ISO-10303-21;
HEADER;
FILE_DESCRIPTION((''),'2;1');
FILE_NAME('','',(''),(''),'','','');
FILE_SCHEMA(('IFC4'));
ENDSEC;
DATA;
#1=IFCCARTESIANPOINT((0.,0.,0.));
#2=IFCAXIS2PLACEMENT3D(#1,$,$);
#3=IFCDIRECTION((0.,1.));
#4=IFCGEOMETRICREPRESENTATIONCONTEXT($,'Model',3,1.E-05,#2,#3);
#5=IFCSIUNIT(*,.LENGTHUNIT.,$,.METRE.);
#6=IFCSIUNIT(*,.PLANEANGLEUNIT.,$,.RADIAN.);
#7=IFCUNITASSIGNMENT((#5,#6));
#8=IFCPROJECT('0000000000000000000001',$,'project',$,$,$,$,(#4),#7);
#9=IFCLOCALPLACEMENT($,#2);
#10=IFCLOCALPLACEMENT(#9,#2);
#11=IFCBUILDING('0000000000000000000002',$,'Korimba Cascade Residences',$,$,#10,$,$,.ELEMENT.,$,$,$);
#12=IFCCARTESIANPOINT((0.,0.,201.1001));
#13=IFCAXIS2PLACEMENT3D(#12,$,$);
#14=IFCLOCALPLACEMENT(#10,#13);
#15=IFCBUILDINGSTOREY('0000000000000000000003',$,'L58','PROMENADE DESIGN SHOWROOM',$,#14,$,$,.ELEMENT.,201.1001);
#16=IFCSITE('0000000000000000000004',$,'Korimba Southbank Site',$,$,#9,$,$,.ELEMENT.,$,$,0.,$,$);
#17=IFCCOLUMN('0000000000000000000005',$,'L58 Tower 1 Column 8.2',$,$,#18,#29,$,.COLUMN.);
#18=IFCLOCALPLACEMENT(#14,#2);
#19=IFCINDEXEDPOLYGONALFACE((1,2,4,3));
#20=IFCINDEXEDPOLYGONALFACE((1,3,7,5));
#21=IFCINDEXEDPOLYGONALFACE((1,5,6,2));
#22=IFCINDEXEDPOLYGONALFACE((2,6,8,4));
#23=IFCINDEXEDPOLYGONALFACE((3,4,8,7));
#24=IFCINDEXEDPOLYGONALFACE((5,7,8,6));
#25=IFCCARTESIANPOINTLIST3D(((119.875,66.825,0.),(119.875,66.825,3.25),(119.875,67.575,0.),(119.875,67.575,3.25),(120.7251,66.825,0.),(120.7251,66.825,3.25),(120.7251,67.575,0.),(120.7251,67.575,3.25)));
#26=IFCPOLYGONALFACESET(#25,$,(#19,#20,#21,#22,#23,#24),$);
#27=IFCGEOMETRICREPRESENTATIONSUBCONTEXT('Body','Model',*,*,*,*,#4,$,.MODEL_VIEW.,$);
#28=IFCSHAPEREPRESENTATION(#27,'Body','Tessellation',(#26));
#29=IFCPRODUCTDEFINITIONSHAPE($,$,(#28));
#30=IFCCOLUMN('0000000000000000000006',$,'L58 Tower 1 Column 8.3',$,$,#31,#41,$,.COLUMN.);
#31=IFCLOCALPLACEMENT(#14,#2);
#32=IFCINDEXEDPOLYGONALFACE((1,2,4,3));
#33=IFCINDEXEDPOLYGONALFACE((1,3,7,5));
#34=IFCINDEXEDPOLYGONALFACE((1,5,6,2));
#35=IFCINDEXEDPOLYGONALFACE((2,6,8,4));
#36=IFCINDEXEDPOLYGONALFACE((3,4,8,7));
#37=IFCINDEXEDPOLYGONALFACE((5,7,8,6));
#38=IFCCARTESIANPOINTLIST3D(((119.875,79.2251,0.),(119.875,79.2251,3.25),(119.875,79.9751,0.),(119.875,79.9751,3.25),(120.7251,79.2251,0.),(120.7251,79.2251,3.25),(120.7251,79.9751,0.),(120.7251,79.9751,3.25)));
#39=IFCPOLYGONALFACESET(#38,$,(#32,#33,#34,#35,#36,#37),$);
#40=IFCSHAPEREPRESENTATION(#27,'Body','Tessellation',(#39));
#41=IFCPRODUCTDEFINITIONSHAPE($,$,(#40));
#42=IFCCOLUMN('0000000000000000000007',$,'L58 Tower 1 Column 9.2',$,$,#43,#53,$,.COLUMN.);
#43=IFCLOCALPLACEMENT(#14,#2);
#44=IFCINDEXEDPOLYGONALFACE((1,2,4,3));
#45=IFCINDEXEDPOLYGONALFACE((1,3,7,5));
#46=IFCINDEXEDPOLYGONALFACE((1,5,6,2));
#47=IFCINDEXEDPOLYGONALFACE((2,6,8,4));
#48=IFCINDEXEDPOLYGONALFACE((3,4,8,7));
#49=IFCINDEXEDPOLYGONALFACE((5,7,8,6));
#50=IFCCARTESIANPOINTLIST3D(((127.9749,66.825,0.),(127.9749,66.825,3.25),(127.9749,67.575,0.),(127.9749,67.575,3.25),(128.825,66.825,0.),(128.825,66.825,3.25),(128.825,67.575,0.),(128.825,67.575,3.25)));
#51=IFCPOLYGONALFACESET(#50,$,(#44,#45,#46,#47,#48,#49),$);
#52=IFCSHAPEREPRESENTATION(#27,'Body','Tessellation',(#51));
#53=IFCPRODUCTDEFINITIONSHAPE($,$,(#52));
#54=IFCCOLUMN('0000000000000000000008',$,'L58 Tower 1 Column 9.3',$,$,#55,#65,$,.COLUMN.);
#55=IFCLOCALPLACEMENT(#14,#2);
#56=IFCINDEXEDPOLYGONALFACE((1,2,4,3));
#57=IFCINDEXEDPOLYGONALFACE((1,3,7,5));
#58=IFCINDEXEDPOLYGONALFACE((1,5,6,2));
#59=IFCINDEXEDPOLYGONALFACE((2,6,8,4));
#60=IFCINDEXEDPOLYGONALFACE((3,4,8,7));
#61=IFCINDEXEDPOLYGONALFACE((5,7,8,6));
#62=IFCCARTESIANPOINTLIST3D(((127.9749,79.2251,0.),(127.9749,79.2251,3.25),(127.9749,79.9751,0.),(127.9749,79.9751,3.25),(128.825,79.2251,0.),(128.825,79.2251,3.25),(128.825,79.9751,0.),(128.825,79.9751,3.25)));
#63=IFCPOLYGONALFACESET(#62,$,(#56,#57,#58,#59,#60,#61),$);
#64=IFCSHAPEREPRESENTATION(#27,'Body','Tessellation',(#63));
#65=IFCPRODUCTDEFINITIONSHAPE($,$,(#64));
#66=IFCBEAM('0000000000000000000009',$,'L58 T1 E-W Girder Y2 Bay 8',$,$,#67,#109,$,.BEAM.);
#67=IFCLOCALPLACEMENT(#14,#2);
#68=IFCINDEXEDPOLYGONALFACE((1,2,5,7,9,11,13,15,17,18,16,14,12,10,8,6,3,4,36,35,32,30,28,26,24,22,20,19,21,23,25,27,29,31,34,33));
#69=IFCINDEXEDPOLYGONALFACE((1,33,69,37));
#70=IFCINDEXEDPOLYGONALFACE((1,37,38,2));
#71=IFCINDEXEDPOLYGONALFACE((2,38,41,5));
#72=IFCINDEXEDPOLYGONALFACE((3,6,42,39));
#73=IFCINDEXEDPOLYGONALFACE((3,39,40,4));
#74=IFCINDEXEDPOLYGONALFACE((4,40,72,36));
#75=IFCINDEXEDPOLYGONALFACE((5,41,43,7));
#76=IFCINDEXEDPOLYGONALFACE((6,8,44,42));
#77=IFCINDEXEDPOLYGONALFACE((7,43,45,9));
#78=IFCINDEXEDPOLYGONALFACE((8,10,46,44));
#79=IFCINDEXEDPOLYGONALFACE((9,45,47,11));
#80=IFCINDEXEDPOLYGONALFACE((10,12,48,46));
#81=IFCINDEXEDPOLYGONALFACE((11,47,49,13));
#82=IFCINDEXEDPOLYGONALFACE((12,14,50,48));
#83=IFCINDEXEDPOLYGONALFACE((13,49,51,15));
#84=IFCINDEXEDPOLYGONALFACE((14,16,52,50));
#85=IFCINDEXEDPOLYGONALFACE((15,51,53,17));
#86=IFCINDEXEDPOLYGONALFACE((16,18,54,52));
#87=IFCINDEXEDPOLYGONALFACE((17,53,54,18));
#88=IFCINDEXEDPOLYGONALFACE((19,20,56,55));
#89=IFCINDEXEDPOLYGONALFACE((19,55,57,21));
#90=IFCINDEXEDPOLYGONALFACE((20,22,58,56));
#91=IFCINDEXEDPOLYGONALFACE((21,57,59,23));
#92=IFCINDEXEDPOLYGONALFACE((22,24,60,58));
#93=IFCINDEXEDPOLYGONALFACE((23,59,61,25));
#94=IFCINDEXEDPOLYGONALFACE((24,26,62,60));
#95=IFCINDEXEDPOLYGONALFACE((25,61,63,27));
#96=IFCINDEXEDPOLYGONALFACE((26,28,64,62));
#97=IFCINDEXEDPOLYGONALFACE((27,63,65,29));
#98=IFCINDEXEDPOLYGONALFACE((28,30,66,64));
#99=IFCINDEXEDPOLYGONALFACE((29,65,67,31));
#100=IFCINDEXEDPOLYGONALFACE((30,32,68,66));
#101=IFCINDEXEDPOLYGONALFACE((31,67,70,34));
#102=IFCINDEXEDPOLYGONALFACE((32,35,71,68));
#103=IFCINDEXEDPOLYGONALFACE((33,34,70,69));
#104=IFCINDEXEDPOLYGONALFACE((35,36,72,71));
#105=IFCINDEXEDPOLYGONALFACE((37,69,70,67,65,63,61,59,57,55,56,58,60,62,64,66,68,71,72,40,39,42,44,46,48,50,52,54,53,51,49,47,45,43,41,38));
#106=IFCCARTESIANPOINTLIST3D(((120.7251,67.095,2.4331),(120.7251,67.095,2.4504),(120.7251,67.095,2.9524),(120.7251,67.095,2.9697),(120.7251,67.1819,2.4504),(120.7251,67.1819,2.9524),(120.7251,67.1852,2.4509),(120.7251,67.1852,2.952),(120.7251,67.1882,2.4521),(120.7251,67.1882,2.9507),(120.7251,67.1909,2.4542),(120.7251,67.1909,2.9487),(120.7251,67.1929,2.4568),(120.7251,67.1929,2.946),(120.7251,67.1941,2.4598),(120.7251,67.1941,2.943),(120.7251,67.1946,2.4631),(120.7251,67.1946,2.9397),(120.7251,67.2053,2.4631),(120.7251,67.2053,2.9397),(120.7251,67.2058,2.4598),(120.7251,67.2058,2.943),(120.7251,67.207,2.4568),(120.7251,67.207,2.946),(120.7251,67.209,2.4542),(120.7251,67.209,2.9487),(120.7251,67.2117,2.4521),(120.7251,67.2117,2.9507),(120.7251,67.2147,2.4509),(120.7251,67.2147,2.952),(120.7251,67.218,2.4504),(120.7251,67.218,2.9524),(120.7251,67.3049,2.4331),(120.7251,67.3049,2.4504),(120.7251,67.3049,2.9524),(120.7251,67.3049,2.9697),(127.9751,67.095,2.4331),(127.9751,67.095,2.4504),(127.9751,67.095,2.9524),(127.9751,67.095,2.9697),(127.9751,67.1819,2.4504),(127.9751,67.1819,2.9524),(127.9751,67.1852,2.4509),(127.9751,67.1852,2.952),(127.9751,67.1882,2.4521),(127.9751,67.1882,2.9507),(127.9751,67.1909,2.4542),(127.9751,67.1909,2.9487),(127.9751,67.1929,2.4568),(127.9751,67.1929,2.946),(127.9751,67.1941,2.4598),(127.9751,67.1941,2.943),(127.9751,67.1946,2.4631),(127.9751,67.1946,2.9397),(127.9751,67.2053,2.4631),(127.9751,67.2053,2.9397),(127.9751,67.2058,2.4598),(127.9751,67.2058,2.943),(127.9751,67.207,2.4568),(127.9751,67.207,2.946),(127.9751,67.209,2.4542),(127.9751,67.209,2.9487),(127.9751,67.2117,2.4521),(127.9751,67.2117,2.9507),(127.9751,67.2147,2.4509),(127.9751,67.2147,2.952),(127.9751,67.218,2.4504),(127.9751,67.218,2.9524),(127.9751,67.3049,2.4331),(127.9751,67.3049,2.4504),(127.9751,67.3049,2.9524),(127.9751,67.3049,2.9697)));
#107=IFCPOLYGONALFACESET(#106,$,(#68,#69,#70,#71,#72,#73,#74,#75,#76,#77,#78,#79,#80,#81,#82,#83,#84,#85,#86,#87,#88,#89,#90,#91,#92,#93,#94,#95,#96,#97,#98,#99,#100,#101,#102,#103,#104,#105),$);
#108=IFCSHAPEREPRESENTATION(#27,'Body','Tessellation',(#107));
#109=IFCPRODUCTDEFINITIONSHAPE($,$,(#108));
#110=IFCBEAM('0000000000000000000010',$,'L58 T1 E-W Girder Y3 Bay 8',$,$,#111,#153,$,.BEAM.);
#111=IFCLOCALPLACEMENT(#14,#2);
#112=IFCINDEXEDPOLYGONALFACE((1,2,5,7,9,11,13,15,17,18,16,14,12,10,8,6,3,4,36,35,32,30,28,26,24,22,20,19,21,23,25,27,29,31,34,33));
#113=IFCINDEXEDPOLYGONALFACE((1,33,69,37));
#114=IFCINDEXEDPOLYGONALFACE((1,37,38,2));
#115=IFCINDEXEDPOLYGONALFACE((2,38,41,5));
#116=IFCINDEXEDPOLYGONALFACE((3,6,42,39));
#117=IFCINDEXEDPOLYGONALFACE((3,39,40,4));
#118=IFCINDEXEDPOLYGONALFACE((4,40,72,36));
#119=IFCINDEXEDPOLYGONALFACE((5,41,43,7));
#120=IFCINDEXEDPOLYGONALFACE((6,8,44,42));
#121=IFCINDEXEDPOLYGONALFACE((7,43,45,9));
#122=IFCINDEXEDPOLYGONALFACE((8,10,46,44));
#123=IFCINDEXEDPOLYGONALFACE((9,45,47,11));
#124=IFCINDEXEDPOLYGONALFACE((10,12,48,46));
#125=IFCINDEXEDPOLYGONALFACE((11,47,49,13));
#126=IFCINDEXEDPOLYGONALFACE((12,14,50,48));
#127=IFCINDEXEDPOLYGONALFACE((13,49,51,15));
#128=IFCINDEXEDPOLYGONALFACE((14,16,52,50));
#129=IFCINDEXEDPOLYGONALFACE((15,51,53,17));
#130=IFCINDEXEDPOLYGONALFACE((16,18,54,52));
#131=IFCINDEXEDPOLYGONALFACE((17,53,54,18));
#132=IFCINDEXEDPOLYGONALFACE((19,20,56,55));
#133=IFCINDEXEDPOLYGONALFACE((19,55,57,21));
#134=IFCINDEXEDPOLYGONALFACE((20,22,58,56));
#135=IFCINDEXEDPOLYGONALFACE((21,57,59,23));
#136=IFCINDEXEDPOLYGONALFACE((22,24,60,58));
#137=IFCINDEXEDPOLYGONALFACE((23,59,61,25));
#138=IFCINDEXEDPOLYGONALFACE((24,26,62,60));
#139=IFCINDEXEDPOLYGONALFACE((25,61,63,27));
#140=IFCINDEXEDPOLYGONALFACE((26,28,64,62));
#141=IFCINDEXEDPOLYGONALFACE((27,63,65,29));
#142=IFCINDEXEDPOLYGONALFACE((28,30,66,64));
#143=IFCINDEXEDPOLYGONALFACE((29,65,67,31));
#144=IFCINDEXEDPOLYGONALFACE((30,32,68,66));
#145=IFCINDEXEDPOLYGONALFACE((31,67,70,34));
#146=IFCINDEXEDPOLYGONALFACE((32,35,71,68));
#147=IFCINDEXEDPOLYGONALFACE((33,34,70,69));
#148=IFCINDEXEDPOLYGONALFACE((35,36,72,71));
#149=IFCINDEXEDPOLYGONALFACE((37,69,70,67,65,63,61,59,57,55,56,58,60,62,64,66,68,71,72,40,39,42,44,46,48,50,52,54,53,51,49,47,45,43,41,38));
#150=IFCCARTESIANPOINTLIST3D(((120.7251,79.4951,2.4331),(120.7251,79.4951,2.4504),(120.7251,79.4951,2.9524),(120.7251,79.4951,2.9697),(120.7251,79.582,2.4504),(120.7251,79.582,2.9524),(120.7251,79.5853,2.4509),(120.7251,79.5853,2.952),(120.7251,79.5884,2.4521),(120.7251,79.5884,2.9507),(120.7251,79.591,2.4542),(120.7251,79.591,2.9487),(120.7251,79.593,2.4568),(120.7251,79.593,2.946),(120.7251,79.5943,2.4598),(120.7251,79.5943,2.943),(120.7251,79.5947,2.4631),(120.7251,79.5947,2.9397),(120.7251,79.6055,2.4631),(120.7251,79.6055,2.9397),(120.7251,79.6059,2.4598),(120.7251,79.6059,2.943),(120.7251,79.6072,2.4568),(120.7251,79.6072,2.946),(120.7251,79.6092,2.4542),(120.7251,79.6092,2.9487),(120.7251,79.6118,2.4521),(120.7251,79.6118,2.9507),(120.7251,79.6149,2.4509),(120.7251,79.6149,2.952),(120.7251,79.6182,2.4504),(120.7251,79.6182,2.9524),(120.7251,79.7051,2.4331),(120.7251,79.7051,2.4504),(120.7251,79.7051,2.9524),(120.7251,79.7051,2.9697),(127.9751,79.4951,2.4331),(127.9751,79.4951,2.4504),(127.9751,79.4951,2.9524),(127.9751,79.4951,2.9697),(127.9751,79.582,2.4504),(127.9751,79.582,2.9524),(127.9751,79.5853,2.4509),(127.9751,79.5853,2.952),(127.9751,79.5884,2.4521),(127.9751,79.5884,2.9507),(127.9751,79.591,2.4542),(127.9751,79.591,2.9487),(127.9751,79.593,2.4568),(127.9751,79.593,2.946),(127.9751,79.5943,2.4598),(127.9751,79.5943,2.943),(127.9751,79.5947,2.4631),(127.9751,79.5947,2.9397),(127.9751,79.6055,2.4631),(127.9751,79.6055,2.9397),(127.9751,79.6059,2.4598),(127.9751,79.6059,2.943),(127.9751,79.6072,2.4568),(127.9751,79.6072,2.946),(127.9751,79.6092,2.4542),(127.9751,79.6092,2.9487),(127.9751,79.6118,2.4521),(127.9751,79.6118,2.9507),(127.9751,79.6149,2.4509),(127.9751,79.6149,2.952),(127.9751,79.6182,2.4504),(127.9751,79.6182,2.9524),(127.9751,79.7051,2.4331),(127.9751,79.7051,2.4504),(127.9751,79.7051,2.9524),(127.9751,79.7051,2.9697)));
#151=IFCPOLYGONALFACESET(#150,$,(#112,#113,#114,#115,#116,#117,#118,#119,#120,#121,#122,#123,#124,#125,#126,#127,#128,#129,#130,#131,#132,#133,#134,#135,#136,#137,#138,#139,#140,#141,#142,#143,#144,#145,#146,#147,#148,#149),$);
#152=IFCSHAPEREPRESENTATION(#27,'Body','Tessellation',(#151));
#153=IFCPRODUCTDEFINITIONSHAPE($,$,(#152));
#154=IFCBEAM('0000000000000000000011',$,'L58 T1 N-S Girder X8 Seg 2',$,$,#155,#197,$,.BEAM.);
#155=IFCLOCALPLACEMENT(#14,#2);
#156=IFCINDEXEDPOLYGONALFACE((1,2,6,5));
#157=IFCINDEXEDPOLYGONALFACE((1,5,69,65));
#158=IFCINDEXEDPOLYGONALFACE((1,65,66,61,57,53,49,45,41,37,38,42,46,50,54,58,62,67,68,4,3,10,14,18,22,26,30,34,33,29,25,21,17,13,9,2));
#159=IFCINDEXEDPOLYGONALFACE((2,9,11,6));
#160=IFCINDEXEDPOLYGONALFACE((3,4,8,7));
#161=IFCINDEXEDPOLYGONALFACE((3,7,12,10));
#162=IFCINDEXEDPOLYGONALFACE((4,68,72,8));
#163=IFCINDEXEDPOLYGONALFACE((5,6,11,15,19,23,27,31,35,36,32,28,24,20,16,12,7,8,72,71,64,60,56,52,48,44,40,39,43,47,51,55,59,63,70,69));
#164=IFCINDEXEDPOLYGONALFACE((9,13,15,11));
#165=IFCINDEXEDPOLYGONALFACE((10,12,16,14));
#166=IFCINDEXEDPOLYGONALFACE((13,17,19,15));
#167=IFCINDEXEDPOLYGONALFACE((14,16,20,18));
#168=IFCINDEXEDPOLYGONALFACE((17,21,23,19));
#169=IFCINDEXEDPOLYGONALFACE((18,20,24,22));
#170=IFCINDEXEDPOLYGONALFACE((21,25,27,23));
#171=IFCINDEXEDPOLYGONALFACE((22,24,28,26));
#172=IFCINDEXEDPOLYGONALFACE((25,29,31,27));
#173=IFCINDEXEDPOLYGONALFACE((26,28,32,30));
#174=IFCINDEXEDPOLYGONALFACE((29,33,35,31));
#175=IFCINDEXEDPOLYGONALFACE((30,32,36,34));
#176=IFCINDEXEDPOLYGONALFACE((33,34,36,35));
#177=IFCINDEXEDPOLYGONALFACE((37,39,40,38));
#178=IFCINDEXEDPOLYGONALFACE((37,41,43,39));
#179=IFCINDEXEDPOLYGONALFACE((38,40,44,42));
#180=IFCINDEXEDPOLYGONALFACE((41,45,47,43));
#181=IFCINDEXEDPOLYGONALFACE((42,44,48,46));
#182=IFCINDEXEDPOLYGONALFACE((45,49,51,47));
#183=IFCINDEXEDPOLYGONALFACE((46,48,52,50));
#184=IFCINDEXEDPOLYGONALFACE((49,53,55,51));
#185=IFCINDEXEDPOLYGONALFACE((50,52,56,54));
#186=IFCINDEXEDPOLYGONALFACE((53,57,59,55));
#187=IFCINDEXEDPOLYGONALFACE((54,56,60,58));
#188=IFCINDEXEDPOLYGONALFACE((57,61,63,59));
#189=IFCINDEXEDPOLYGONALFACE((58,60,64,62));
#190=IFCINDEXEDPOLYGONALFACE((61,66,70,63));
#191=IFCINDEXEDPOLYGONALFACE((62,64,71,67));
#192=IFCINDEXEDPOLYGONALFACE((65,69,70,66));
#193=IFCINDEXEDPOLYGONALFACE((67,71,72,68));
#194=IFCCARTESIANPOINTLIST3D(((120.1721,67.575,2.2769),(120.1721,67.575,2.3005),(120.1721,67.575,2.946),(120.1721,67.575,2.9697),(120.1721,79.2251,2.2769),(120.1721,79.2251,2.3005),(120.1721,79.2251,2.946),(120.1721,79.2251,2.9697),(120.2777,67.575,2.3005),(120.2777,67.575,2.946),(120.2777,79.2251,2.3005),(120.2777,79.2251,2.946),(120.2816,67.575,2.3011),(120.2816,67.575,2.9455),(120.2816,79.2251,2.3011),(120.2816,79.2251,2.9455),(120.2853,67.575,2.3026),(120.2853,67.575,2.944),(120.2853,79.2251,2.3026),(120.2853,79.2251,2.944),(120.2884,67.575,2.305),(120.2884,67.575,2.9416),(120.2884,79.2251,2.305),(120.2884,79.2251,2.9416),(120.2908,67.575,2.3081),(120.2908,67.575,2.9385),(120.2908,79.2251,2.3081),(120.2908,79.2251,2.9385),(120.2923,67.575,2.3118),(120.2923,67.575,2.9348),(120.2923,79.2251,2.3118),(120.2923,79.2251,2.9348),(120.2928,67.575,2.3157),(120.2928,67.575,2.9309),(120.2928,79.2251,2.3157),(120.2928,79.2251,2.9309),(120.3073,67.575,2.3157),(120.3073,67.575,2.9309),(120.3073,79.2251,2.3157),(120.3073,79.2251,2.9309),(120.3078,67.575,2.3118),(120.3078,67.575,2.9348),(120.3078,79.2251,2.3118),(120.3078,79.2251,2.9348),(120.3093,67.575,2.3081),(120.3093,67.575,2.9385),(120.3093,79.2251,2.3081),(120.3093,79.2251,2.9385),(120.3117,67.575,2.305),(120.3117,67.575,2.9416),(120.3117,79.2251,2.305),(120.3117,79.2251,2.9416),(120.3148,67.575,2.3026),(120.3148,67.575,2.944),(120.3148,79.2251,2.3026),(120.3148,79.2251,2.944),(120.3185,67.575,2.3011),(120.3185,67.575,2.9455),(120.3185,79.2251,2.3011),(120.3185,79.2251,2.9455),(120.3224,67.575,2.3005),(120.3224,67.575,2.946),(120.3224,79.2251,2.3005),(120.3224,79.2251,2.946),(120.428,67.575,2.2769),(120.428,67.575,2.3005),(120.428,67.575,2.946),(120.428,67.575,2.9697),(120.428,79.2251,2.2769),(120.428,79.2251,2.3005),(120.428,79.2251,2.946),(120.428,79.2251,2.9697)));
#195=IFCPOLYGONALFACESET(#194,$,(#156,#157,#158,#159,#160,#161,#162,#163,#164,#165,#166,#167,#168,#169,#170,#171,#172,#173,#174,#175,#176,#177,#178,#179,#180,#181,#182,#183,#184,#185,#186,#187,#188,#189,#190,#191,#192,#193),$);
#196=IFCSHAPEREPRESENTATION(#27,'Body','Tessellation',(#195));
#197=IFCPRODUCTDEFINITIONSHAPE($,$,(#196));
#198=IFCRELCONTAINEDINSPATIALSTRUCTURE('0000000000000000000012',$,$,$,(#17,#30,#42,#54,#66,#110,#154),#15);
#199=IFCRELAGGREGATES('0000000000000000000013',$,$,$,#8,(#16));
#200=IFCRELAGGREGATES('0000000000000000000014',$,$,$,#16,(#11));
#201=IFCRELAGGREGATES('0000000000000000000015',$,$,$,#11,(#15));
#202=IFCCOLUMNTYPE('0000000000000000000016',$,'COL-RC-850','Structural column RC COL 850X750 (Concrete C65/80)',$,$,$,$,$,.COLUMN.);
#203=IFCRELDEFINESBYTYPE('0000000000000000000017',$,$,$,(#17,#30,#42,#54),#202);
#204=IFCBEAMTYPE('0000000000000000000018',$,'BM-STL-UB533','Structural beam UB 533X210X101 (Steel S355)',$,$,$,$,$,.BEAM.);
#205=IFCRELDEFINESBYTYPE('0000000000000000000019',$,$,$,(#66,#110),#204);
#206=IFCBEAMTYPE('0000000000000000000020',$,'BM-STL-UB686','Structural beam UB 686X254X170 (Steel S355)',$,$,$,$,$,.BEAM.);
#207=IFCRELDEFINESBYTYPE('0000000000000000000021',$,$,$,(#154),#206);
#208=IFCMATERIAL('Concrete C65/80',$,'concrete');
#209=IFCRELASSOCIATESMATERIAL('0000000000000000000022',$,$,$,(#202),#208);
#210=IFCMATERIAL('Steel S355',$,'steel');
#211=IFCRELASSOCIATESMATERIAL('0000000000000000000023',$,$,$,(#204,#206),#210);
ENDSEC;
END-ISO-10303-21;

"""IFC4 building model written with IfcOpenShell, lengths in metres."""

from ifc_helpers import new_model, si_unit, direction, frame, origin, origin_2d, place, context, subcontext, project, spatial, rectangle, i_section, extrude, material, material_profile, profile_set, type_object, element, save


model = new_model("IFC4")

# Units and contexts
model_context = context("Model", 3, precision=1e-05, world=origin(), true_north=direction((0.0, 1.0)))
body_context = subcontext(model_context, "Body", "Model", "MODEL_VIEW")
ifc_project = project(units=[si_unit("LENGTHUNIT", "METRE"), si_unit("PLANEANGLEUNIT", "RADIAN")], contexts=[model_context])

# Site, building, storey
site_placement = place(None, origin())
site = spatial("IfcSite", under=ifc_project, at=site_placement, Name="Korimba Southbank Site", CompositionType="ELEMENT", RefElevation=0.0)
building_placement = place(site_placement, origin())
building = spatial("IfcBuilding", under=site, at=building_placement, Name="Korimba Cascade Residences", CompositionType="ELEMENT")
storey_placement = place(building_placement, frame((0.0, 0.0, 201.1001)))
storey = spatial("IfcBuildingStorey", under=building, at=storey_placement, Name="L58", Description="PROMENADE DESIGN SHOWROOM", CompositionType="ELEMENT", Elevation=201.1001)

# Columns
ifc_material_1 = material(Name="Concrete C65/80", Category="concrete")
ifc_material_profile_1 = material_profile(ifc_material_1, rectangle(XDim=0.8501, YDim=0.75, at=origin_2d()), Name="Concrete C65/80")
ifc_profile_set_1 = profile_set([ifc_material_profile_1], Name="Concrete C65/80")
column_type = type_object("IfcColumnType", Name="COL-RC-850", Description="Structural column RC COL 850X750 (Concrete C65/80)", PredefinedType="COLUMN", material=ifc_profile_set_1)
for number, where, z_axis, x_axis, name in (
    (1, (120.3, 67.2, 0.0), (0.0, 0.0, 1.0), (1.0, 0.0, 0.0), "L58 Tower 1 Column 8.2"),
    (2, (120.3, 79.6001, 0.0), (0.0, 0.0, 1.0), (1.0, 0.0, 0.0), "L58 Tower 1 Column 8.3"),
    (3, (128.3999, 67.2, 0.0), (0.0, 0.0, 1.0), (1.0, 0.0, 0.0), "L58 Tower 1 Column 9.2"),
    (4, (128.3999, 79.6001, 0.0), (0.0, 0.0, 1.0), (1.0, 0.0, 0.0), "L58 Tower 1 Column 9.3"),
):
    element("IfcColumn", number, at=place(storey_placement, frame(where, z_axis=z_axis, x_axis=x_axis)), inside=storey, type_object=column_type, Name=name, PredefinedType="COLUMN", context=body_context, shape_type="SweptSolid", body=[
        extrude(rectangle(XDim=0.8501, YDim=0.75, at=origin_2d()), origin(), (0.0, 0.0, 1.0), 3.25),
    ])

# Beams
ifc_material_2 = material(Name="Steel S355", Category="steel")
ifc_material_profile_2 = material_profile(ifc_material_2, i_section(OverallWidth=0.21, OverallDepth=0.5366, WebThickness=0.0107, FlangeThickness=0.0173, FilletRadius=0.0127, at=origin_2d()), Name="Steel S355")
ifc_profile_set_2 = profile_set([ifc_material_profile_2], Name="Steel S355")
beam_type_1 = type_object("IfcBeamType", Name="BM-STL-UB533", Description="Structural beam UB 533X210X101 (Steel S355)", PredefinedType="BEAM", material=ifc_profile_set_2)
for number, where, z_axis, x_axis, name in (
    (5, (120.7251, 67.2, 2.7014), (1.0, 0.0, 0.0), (0.0, 1.0, 0.0), "L58 T1 E-W Girder Y2 Bay 8"),
    (6, (120.7251, 79.6001, 2.7014), (1.0, 0.0, 0.0), (0.0, 1.0, 0.0), "L58 T1 E-W Girder Y3 Bay 8"),
):
    element("IfcBeam", number, at=place(storey_placement, frame(where, z_axis=z_axis, x_axis=x_axis)), inside=storey, type_object=beam_type_1, Name=name, PredefinedType="BEAM", context=body_context, shape_type="SweptSolid", body=[
        extrude(i_section(OverallWidth=0.21, OverallDepth=0.5366, WebThickness=0.0107, FlangeThickness=0.0173, FilletRadius=0.0127, at=origin_2d()), origin(), (0.0, 0.0, 1.0), 7.25),
    ])
ifc_material_profile_3 = material_profile(ifc_material_2, i_section(OverallWidth=0.2559, OverallDepth=0.6929, WebThickness=0.0144, FlangeThickness=0.0237, FilletRadius=0.0151, at=origin_2d()), Name="Steel S355")
ifc_profile_set_3 = profile_set([ifc_material_profile_3], Name="Steel S355")
beam_type_2 = type_object("IfcBeamType", Name="BM-STL-UB686", Description="Structural beam UB 686X254X170 (Steel S355)", PredefinedType="BEAM", material=ifc_profile_set_3)
beam_1_placement = place(storey_placement, frame((120.3, 67.575, 2.6233), z_axis=(0.0, 1.0, 0.0), x_axis=(-1.0, 0.0, 0.0)))
element("IfcBeam", 7, at=beam_1_placement, inside=storey, type_object=beam_type_2, Name="L58 T1 N-S Girder X8 Seg 2", PredefinedType="BEAM", context=body_context, shape_type="SweptSolid", body=[
    extrude(i_section(OverallWidth=0.2559, OverallDepth=0.6929, WebThickness=0.0144, FlangeThickness=0.0237, FilletRadius=0.0151, at=origin_2d()), origin(), (0.0, 0.0, 1.0), 11.6501),
])

save(model, "model.ifc")
